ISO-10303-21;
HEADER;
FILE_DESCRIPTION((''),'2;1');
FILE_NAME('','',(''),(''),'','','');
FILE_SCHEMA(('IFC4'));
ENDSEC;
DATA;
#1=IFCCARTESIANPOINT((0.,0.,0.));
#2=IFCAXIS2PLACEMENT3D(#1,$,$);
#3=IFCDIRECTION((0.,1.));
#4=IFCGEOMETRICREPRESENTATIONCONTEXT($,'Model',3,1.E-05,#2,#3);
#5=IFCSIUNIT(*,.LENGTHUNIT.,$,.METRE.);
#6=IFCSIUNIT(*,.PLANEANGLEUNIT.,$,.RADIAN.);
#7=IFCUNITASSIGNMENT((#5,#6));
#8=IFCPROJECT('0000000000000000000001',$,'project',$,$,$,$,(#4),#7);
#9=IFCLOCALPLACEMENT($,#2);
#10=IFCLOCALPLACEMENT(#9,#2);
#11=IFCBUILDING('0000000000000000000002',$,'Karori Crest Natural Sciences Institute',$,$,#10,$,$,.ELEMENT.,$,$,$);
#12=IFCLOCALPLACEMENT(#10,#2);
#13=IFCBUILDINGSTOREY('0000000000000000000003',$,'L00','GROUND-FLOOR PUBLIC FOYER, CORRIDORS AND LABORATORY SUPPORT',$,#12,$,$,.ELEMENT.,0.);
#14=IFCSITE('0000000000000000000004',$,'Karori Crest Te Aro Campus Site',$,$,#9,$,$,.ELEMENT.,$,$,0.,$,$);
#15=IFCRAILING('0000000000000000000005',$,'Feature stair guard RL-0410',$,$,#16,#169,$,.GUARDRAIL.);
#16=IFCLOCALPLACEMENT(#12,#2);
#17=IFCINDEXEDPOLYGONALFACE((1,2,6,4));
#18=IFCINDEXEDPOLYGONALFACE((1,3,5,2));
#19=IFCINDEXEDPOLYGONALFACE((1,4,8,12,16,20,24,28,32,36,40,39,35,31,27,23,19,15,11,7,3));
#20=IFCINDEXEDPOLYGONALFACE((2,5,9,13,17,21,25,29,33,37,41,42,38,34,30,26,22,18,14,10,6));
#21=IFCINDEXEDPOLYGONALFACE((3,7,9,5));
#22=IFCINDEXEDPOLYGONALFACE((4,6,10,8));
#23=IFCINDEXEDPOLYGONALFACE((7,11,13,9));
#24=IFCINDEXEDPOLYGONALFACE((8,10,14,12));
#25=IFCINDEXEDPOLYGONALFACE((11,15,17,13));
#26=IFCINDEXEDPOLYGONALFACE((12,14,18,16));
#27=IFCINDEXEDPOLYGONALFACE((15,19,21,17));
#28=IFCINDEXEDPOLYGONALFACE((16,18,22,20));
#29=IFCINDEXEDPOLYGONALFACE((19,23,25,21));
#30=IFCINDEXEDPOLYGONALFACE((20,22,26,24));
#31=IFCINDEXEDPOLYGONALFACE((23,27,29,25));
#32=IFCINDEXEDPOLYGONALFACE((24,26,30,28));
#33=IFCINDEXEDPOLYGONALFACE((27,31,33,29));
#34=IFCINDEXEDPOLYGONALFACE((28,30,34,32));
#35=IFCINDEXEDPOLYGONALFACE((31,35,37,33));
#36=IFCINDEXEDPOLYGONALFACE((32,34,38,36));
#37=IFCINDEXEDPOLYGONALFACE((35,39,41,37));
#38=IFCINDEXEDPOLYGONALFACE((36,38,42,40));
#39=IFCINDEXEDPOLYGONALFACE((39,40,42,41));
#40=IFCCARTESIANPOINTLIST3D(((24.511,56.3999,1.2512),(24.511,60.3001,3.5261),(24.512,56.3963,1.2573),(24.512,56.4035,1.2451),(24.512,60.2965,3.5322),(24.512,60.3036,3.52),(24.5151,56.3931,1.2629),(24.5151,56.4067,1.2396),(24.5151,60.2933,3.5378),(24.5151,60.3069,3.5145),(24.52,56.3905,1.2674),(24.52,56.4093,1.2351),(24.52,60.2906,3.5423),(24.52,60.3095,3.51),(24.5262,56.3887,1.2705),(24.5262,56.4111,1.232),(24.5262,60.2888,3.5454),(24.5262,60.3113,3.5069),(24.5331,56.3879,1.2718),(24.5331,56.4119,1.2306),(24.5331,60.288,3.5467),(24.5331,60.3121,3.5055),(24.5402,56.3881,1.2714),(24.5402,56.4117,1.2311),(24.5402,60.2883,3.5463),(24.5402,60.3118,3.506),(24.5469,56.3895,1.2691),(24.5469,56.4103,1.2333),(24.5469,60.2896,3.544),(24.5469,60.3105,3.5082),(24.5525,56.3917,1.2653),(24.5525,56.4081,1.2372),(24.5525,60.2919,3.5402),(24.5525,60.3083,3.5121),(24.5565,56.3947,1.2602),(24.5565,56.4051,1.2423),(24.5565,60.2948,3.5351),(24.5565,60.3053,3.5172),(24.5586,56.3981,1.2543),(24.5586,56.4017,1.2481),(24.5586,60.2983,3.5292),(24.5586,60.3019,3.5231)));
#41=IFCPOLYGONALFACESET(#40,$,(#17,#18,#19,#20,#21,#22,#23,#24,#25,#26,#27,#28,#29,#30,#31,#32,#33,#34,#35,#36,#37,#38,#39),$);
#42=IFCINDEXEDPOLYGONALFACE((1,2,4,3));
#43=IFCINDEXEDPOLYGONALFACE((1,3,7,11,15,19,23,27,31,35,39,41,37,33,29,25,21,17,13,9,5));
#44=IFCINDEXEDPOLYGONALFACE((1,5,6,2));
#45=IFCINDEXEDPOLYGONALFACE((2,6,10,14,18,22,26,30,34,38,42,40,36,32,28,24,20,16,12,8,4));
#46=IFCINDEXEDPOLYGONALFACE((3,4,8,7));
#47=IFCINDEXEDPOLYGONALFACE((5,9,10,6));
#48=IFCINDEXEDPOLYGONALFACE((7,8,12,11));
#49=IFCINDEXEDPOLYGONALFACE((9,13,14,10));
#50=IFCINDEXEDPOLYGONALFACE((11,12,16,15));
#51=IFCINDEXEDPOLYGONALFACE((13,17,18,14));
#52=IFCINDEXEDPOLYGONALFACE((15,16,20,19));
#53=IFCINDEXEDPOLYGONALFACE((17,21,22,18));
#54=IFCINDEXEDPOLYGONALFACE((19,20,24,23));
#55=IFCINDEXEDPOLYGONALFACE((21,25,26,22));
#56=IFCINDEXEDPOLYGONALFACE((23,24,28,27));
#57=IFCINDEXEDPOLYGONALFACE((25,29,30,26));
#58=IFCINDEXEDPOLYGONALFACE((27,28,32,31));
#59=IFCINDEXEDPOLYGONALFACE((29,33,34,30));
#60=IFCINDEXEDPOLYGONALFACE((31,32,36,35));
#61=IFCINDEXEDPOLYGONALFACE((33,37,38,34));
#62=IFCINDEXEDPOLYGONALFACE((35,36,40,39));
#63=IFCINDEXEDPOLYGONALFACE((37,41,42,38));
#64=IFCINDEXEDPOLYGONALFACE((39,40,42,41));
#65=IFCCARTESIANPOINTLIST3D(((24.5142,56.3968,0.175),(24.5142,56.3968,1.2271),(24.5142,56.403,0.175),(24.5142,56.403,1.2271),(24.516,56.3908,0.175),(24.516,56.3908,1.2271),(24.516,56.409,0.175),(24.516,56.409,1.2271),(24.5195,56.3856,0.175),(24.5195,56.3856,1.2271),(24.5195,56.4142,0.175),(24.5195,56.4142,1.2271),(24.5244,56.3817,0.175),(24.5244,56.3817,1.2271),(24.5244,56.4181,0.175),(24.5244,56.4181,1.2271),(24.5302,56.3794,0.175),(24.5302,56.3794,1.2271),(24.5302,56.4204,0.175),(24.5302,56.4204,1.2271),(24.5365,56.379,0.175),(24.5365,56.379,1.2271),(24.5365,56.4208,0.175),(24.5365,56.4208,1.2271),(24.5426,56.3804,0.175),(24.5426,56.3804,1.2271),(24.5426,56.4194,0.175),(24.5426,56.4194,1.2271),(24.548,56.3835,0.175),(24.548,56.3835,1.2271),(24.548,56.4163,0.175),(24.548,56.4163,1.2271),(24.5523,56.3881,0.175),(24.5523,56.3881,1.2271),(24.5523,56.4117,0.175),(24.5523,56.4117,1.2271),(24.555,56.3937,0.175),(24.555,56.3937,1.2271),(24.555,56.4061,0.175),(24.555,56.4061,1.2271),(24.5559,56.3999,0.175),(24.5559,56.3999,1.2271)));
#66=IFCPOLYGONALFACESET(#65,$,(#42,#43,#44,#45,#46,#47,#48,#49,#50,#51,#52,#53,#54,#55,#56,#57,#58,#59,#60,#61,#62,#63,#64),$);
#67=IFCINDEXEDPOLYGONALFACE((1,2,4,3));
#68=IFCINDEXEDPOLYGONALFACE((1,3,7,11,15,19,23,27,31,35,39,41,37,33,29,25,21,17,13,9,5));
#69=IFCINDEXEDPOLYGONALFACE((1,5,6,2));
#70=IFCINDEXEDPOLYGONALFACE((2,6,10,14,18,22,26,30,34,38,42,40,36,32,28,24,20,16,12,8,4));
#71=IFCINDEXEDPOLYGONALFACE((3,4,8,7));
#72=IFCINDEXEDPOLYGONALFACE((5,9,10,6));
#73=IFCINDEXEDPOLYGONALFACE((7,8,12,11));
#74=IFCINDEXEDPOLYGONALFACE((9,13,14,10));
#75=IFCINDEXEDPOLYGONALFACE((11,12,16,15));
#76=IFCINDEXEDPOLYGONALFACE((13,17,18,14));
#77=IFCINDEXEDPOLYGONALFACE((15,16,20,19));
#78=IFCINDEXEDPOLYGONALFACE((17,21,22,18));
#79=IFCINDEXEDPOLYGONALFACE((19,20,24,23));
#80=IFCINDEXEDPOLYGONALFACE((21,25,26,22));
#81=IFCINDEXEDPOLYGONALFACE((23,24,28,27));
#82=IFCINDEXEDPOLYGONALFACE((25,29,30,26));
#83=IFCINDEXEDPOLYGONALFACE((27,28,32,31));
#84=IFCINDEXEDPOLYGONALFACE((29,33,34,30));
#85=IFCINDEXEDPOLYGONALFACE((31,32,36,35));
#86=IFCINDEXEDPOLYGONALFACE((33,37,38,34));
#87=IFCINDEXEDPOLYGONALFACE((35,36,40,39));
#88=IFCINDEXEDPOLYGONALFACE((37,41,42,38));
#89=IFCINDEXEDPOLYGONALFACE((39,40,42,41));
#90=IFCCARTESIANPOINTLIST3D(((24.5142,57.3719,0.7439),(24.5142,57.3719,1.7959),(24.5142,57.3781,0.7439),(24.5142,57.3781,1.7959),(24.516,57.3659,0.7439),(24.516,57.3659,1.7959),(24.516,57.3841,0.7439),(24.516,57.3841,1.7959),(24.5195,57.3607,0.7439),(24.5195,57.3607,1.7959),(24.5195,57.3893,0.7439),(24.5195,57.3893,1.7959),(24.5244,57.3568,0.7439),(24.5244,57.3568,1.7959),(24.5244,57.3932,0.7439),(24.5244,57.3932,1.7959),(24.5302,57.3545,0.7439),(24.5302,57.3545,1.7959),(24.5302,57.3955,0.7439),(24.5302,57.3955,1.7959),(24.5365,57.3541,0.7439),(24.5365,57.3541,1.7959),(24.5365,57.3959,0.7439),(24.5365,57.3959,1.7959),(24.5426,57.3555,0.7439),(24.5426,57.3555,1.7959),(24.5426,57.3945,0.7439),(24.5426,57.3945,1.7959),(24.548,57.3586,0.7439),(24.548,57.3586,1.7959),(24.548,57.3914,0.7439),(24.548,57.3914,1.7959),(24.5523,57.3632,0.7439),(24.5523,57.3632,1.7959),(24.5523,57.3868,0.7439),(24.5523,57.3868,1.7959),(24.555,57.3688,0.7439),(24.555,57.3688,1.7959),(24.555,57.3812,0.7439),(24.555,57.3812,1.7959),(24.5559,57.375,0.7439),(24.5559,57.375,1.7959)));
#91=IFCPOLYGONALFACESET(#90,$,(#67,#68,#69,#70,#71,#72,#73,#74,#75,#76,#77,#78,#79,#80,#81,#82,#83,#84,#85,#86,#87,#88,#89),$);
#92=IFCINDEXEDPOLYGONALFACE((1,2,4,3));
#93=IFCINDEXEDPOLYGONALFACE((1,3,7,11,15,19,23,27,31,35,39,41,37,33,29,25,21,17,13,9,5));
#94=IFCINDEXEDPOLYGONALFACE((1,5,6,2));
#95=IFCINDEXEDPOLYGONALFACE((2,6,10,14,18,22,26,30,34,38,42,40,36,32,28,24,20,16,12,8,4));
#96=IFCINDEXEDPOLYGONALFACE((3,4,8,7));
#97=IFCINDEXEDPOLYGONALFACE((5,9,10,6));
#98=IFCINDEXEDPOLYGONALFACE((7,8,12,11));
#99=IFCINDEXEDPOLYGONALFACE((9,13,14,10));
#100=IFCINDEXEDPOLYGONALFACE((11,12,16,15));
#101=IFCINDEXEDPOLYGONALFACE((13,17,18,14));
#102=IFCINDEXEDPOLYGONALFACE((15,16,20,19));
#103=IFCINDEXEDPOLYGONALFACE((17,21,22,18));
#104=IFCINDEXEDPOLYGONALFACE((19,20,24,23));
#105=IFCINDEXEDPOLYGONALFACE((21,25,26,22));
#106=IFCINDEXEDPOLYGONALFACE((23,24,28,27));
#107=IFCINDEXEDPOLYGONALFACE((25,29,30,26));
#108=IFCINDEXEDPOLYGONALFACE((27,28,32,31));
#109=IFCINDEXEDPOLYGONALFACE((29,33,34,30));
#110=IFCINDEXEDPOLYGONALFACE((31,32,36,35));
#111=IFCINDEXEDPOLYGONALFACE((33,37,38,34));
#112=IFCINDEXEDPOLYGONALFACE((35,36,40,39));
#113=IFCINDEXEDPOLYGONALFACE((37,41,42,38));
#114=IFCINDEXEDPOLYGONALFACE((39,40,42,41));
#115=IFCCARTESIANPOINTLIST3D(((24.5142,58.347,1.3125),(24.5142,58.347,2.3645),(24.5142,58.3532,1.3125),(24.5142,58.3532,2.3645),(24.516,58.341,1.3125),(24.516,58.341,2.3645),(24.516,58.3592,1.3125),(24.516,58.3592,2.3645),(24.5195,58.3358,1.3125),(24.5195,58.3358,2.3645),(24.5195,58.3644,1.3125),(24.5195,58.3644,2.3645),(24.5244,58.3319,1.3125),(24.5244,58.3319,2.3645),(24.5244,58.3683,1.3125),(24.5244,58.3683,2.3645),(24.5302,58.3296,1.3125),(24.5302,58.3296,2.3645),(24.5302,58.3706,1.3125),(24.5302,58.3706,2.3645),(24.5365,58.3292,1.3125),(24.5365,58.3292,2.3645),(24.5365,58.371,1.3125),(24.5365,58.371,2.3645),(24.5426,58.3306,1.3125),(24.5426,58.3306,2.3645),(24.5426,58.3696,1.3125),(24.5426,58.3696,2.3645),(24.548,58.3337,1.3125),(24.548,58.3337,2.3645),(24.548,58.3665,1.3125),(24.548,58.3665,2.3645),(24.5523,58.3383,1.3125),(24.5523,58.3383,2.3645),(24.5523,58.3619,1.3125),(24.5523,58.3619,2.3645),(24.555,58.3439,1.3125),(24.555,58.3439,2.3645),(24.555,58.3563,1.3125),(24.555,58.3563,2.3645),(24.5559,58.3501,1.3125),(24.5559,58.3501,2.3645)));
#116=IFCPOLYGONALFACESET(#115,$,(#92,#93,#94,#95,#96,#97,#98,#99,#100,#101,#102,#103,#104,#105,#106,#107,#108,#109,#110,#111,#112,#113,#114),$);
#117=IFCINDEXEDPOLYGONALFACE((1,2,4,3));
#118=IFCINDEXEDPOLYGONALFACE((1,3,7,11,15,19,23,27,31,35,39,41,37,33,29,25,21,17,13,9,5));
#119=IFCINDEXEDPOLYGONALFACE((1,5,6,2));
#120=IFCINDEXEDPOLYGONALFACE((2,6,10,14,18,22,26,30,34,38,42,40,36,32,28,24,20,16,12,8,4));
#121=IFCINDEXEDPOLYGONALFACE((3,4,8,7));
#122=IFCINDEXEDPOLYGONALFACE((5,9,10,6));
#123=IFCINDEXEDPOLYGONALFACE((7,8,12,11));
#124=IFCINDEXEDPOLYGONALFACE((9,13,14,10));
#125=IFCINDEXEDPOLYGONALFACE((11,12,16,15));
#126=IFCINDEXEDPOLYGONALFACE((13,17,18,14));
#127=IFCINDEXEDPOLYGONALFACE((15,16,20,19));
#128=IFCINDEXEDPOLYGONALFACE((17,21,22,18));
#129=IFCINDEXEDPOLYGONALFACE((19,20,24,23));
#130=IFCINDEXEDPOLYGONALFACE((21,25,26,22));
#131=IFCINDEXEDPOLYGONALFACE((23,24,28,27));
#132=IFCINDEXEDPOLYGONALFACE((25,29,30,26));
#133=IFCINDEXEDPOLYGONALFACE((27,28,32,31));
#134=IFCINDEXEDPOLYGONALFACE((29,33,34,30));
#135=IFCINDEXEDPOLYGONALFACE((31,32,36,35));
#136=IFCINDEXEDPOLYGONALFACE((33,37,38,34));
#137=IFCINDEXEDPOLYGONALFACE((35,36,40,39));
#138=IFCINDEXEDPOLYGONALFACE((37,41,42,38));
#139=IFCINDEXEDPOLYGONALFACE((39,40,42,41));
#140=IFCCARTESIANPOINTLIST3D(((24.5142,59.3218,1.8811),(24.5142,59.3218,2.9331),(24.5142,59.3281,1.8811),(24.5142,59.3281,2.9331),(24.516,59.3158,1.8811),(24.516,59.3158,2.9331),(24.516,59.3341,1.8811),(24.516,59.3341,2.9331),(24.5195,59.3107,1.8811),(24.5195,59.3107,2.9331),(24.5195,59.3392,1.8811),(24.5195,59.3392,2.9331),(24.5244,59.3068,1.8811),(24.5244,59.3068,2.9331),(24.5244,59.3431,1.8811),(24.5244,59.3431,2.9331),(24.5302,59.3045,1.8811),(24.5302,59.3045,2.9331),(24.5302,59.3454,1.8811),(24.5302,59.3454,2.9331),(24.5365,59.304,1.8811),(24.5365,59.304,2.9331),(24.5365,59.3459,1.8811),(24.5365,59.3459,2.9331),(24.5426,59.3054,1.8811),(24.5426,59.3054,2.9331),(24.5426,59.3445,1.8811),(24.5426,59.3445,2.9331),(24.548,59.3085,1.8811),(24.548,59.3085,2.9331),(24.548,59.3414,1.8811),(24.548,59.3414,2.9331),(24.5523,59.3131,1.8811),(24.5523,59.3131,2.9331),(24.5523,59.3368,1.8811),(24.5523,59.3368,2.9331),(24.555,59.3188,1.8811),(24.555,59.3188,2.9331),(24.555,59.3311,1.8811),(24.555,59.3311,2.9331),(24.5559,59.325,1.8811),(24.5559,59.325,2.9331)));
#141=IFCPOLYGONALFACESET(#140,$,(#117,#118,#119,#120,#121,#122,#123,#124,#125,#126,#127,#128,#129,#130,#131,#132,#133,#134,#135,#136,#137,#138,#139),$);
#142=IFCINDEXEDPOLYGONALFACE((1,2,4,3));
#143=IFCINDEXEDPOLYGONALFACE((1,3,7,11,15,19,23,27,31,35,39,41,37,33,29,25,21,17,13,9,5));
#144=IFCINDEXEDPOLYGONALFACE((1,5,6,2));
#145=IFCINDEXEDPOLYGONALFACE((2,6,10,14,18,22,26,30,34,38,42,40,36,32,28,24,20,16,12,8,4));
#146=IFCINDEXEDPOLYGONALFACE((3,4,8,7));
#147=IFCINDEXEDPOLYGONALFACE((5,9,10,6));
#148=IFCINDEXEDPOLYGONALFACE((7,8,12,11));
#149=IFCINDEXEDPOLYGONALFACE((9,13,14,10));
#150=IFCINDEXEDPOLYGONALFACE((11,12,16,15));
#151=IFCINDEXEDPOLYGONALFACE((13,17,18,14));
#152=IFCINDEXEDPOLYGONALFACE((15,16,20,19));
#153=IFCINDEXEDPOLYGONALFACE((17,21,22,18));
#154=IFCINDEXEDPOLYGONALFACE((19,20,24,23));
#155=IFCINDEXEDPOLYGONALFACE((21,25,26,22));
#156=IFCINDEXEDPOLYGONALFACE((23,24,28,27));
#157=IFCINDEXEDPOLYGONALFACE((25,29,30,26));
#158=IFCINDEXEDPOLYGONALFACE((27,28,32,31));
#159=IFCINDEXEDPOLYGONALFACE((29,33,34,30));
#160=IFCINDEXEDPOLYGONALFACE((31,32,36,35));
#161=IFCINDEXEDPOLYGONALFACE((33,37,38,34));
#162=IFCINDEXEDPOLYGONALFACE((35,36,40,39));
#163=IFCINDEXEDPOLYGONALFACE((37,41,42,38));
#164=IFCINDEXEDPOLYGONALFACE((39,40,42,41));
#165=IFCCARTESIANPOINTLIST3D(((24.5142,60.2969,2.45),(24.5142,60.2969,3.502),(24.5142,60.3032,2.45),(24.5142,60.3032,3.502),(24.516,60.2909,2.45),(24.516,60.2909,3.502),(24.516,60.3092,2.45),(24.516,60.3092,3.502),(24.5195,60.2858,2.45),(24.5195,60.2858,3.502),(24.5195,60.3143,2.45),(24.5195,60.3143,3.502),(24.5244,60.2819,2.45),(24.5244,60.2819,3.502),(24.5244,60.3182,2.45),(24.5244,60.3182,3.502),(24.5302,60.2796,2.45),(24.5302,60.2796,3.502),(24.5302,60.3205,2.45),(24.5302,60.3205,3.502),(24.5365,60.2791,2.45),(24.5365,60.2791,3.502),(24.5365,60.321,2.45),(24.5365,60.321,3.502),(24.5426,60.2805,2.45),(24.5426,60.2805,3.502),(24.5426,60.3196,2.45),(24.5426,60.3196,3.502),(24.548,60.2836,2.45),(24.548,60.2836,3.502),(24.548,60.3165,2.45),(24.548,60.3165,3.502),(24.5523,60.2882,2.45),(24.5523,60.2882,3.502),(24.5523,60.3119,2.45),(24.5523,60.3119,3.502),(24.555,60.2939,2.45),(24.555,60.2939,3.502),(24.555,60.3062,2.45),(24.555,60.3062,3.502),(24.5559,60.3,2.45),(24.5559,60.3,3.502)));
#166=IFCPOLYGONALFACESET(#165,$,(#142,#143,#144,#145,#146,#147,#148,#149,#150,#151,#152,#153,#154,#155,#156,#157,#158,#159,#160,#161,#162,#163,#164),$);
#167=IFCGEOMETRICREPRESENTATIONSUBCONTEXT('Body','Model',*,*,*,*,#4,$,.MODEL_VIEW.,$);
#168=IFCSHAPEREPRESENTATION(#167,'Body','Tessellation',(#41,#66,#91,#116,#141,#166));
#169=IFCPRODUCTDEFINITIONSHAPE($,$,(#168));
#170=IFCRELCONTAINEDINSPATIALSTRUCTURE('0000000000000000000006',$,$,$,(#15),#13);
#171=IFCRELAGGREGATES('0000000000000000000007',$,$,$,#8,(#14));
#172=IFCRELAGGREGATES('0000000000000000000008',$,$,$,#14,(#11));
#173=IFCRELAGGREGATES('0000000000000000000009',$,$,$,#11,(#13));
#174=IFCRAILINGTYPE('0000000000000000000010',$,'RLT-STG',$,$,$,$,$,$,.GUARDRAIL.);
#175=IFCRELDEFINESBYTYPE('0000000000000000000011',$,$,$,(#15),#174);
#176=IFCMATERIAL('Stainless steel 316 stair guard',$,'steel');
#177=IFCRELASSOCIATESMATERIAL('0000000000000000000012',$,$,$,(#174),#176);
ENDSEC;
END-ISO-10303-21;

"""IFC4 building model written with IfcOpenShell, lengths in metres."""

from ifc_helpers import new_model, si_unit, direction, frame, origin, origin_2d, place, context, subcontext, project, spatial, circle, extrude, material, type_object, element, save


model = new_model("IFC4")

# Units and contexts
model_context = context("Model", 3, precision=1e-05, world=origin(), true_north=direction((0.0, 1.0)))
body_context = subcontext(model_context, "Body", "Model", "MODEL_VIEW")
ifc_project = project(units=[si_unit("LENGTHUNIT", "METRE"), si_unit("PLANEANGLEUNIT", "RADIAN")], contexts=[model_context])

# Site, building, storey
site_placement = place(None, origin())
site = spatial("IfcSite", under=ifc_project, at=site_placement, Name="Karori Crest Te Aro Campus Site", CompositionType="ELEMENT", RefElevation=0.0)
building_placement = place(site_placement, origin())
building = spatial("IfcBuilding", under=site, at=building_placement, Name="Karori Crest Natural Sciences Institute", CompositionType="ELEMENT")
storey_placement = place(building_placement, origin())
storey = spatial("IfcBuildingStorey", under=building, at=storey_placement, Name="L00", Description="GROUND-FLOOR PUBLIC FOYER, CORRIDORS AND LABORATORY SUPPORT", CompositionType="ELEMENT", Elevation=0.0)

# Railing
ifc_material_1 = material(Name="Stainless steel 316 stair guard", Category="steel")
railing_type = type_object("IfcRailingType", Name="RLT-STG", PredefinedType="GUARDRAIL", material=ifc_material_1)
railing_1_placement = place(storey_placement, frame((24.5349, 56.3999, 0.175)))
element("IfcRailing", 1, at=railing_1_placement, inside=storey, type_object=railing_type, Name="Feature stair guard RL-0410", PredefinedType="GUARDRAIL", context=body_context, shape_type="SweptSolid", body=[
    extrude(circle(Radius=0.0239, at=origin_2d()), frame((0.0, 0.0, 1.0762), z_axis=(0.0, 0.863797, 0.503841), x_axis=(-1.0, 0.0, 0.0)), (0.0, 0.0, 1.0), 4.5151),
    extrude(circle(Radius=0.021, at=origin_2d()), origin(), (0.0, 0.0, 1.0), 1.052),
    extrude(circle(Radius=0.021, at=origin_2d()), frame((0.0, 0.9751, 0.5688)), (0.0, 0.0, 1.0), 1.052),
    extrude(circle(Radius=0.021, at=origin_2d()), frame((0.0, 1.9502, 1.1375)), (0.0, 0.0, 1.0), 1.052),
    extrude(circle(Radius=0.021, at=origin_2d()), frame((0.0, 2.925, 1.7061)), (0.0, 0.0, 1.0), 1.052),
    extrude(circle(Radius=0.021, at=origin_2d()), frame((0.0, 3.9001, 2.2749)), (0.0, 0.0, 1.0), 1.052),
])

save(model, "model.ifc")
